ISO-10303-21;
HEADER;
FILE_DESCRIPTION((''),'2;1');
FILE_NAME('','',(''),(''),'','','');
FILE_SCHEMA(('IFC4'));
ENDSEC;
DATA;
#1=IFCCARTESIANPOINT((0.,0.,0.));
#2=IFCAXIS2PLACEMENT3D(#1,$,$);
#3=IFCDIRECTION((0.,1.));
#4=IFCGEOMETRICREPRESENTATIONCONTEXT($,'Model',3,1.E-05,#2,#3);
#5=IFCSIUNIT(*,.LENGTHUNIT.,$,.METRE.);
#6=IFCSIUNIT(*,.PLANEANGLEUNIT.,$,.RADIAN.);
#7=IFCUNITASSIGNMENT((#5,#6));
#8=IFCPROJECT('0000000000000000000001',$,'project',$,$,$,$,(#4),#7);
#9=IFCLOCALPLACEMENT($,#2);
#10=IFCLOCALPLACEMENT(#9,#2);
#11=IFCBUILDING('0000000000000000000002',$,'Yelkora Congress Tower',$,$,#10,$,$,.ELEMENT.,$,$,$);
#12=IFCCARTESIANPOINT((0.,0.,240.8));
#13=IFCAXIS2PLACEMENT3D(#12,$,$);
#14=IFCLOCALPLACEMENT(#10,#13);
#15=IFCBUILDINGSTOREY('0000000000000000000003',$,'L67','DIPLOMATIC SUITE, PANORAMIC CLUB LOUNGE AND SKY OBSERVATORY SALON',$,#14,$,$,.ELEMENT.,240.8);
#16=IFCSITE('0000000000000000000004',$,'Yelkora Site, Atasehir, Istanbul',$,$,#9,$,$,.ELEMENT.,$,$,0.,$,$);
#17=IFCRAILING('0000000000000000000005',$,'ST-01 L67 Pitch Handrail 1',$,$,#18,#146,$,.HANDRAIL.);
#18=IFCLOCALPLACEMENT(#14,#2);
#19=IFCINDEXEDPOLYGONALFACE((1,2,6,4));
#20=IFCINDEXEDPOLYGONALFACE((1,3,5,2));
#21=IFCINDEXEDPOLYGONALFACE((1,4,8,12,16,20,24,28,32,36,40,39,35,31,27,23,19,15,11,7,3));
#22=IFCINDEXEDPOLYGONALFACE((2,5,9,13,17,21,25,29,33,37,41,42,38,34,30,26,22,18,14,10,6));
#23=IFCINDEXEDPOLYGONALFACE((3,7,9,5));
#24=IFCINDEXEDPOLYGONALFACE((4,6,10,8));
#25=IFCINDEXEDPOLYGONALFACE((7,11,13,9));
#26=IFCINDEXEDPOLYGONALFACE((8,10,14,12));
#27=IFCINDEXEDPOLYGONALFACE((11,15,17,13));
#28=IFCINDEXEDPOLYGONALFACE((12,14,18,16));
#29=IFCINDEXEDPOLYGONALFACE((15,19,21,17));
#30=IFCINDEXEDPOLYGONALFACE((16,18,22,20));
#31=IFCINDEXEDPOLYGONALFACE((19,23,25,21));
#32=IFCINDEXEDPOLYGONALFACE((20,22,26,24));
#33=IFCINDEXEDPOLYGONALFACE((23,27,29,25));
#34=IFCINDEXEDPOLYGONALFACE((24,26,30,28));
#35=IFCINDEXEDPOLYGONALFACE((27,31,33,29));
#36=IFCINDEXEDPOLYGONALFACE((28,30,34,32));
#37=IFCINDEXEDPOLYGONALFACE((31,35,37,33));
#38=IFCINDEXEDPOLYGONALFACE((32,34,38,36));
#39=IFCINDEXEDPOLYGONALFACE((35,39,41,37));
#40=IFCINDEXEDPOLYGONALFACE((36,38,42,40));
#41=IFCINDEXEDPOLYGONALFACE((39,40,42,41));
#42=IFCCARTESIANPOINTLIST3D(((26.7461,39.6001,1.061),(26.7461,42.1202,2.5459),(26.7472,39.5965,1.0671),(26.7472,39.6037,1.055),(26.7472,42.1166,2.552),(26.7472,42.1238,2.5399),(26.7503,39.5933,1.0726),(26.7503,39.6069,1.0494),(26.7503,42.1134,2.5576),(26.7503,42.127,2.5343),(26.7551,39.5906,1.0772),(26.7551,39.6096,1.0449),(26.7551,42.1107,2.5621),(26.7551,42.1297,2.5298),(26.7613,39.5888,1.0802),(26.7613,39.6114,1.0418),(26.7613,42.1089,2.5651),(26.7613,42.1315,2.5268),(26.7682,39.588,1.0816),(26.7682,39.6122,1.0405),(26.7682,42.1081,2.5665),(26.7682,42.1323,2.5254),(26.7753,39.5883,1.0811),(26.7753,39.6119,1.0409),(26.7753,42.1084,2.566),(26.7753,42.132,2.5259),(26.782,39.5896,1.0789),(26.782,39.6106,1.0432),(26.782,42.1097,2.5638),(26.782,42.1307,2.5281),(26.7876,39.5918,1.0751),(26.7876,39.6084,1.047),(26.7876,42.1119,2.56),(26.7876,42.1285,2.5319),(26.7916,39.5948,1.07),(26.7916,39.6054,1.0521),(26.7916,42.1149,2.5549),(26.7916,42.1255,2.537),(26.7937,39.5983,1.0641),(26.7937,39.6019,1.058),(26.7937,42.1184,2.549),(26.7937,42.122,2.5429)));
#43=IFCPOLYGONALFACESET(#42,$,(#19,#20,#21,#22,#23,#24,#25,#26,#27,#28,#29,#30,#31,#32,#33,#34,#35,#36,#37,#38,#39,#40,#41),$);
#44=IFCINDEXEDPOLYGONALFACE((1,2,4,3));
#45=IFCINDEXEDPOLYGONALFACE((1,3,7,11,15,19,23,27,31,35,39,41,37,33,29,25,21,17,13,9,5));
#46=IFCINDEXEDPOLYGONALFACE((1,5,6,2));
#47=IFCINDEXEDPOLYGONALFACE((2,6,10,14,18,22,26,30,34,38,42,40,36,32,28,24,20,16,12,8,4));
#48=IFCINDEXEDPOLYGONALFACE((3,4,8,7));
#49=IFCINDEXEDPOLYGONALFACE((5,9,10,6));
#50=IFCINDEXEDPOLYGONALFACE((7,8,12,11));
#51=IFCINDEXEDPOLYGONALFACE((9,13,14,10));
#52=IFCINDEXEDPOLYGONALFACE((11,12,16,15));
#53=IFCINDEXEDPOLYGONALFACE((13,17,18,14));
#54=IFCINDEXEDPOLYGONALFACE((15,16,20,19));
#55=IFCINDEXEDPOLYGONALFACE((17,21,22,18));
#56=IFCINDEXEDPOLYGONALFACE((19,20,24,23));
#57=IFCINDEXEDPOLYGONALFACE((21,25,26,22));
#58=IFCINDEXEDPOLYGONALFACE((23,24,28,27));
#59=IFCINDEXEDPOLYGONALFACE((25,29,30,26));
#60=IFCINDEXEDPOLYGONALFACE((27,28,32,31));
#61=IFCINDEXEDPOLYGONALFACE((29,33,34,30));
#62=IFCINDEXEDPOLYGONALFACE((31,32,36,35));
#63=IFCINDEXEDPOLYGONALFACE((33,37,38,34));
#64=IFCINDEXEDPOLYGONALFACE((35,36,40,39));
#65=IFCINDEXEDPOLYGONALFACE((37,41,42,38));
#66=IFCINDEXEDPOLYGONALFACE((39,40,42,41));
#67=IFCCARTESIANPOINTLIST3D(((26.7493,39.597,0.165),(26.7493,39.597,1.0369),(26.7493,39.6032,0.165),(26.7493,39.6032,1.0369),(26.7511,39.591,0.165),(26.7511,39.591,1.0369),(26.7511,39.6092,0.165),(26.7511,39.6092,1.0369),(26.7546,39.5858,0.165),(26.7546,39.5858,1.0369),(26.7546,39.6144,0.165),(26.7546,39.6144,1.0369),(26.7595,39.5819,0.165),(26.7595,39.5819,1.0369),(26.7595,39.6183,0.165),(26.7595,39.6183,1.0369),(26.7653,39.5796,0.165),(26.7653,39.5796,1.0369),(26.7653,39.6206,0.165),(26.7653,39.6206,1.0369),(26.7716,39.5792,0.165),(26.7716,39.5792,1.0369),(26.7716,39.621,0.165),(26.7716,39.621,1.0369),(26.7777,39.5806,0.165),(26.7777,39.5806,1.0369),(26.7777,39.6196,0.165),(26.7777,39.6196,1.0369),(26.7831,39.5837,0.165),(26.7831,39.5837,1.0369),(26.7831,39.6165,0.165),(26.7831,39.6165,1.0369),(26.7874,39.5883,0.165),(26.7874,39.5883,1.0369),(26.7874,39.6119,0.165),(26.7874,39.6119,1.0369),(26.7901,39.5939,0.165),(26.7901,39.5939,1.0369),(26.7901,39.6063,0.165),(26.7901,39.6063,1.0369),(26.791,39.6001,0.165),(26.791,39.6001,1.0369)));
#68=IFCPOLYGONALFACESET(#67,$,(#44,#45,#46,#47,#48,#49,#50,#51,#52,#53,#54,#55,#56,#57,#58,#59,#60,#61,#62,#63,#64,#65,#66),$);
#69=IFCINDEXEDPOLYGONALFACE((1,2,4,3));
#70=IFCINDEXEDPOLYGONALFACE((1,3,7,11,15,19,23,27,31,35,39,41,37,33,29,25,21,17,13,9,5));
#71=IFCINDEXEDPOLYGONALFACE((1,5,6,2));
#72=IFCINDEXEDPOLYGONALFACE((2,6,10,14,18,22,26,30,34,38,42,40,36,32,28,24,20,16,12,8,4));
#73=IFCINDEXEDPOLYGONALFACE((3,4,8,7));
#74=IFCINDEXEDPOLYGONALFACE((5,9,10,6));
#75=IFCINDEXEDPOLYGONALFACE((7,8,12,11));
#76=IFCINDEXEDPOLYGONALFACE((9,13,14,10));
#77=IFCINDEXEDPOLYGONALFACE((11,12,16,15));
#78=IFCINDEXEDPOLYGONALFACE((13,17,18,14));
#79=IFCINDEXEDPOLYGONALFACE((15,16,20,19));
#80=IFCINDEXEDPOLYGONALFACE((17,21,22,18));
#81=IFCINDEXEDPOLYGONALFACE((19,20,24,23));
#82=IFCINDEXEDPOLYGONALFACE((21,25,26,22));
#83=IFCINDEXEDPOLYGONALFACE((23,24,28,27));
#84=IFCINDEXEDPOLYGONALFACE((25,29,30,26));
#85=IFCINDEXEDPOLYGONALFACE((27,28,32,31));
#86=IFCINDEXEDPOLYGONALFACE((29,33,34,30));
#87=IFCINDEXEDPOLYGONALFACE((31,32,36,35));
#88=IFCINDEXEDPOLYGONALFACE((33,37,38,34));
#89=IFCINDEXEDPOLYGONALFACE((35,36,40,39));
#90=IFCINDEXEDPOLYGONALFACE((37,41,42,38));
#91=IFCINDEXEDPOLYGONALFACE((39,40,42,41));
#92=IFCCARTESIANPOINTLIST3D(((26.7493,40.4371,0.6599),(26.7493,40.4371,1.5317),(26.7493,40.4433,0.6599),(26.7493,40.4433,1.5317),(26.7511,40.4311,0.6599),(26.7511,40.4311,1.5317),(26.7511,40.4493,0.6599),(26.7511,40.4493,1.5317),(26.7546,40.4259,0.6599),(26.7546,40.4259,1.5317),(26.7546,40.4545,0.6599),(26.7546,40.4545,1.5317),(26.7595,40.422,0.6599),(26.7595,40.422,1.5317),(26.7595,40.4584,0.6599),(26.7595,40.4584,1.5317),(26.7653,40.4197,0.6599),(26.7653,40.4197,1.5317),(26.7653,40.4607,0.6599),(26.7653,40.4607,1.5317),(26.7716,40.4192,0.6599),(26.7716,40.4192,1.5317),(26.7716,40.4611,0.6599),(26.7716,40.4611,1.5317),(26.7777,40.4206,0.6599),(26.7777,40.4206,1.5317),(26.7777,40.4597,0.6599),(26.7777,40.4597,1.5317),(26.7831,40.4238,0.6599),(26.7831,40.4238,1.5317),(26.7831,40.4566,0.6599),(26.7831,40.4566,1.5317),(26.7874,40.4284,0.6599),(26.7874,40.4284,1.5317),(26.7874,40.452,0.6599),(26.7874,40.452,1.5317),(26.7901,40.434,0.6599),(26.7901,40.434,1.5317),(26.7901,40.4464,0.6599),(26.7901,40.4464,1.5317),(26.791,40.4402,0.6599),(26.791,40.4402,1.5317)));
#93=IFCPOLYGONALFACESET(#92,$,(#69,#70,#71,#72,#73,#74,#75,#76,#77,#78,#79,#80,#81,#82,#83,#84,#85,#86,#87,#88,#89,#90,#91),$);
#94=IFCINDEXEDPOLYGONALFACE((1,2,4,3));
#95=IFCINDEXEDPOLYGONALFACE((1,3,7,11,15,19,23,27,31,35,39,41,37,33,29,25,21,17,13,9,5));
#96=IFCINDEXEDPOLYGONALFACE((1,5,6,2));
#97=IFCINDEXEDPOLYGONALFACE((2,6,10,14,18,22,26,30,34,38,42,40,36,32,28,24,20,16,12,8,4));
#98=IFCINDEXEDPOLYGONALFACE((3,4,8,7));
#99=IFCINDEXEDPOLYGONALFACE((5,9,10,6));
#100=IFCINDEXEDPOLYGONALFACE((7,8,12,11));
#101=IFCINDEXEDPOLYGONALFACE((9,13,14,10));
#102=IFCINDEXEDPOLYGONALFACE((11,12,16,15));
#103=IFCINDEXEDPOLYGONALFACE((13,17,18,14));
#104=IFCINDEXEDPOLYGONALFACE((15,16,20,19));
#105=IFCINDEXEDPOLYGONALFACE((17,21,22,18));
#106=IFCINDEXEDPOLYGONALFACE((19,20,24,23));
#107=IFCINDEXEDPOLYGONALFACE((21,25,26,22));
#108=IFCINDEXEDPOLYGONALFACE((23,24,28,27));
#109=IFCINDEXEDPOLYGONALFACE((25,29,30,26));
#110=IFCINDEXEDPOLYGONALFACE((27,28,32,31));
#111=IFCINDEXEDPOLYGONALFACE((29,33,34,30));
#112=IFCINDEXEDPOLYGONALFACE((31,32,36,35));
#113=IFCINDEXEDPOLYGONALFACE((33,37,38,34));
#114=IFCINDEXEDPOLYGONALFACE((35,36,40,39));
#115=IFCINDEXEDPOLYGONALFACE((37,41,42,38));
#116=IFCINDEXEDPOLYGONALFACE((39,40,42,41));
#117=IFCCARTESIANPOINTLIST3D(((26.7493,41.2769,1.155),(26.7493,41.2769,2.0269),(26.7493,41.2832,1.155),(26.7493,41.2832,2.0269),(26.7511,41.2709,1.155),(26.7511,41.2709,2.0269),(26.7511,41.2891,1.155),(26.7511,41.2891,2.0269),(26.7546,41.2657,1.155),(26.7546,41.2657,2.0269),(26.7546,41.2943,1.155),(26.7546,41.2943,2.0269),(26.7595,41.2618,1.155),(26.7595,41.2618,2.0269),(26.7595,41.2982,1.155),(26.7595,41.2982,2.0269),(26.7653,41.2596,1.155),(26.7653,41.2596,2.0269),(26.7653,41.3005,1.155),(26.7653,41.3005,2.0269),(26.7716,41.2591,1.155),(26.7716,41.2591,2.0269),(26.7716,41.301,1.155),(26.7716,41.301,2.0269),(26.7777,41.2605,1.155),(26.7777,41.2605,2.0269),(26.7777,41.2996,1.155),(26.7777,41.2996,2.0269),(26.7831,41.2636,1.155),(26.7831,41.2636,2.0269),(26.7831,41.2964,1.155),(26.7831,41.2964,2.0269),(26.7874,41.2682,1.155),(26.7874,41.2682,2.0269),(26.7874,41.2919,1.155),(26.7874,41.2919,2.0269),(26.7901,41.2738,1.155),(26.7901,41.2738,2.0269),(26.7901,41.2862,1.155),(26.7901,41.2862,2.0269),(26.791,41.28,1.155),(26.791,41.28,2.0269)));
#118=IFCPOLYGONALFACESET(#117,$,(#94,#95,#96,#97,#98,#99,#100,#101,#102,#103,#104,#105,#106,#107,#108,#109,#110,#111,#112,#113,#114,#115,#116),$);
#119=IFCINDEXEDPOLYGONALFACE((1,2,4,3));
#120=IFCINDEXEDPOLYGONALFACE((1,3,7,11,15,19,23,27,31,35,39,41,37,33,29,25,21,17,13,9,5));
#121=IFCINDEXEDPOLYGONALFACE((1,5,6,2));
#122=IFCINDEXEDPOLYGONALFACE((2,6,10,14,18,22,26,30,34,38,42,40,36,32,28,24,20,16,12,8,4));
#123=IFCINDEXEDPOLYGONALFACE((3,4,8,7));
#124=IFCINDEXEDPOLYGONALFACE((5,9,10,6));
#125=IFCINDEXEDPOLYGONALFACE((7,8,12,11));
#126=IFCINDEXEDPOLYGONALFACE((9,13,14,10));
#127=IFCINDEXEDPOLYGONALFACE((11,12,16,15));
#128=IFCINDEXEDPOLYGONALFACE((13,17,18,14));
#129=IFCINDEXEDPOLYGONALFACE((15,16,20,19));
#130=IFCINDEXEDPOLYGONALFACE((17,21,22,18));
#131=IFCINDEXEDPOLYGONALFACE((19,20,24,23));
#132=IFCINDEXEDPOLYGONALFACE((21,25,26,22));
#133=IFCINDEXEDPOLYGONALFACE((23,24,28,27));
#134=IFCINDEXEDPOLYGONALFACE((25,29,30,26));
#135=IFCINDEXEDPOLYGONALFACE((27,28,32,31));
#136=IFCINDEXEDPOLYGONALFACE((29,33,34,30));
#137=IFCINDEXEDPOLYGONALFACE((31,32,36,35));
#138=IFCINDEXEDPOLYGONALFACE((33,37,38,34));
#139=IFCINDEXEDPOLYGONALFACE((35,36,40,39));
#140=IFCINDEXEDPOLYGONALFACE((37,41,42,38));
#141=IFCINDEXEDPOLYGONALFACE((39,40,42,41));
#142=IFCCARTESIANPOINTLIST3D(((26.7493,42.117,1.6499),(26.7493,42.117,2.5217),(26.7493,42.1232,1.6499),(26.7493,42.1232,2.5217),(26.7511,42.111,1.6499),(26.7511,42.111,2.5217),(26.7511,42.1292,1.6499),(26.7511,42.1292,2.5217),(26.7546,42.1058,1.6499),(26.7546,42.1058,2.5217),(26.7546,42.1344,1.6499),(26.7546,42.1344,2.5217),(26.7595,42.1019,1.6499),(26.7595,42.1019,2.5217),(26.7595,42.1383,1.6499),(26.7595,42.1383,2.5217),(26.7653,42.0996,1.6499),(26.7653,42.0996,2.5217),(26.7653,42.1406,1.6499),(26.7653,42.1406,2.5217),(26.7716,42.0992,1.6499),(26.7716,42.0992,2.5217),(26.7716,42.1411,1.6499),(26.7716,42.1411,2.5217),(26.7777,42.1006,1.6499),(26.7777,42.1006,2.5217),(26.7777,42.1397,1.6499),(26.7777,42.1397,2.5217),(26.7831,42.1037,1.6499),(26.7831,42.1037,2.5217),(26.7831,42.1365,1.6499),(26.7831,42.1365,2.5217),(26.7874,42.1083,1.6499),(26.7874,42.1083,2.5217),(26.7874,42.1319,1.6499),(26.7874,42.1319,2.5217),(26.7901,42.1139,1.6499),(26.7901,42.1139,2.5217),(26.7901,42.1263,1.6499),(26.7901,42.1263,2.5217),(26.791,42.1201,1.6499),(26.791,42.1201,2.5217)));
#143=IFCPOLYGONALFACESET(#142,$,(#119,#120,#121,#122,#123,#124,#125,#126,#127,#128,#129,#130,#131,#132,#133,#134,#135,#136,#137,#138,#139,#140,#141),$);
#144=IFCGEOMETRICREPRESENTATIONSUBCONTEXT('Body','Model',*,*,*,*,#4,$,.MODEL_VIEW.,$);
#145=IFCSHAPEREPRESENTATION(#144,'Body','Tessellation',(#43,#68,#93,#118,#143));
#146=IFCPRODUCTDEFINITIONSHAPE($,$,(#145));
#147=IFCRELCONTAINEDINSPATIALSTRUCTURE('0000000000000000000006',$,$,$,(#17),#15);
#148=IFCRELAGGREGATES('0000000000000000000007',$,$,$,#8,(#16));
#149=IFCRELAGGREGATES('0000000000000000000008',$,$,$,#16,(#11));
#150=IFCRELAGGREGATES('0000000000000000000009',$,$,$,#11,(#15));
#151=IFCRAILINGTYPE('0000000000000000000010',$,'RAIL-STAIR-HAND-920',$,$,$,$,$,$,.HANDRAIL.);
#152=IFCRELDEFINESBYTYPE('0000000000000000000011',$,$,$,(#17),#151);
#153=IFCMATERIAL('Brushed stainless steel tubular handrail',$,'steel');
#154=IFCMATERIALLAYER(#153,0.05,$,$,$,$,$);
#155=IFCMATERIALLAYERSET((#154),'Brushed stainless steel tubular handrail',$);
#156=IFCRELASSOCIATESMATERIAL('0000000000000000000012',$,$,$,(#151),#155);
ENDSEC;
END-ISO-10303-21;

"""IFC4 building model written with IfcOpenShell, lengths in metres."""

from ifc_helpers import new_model, si_unit, direction, frame, origin, origin_2d, place, context, subcontext, project, spatial, circle, extrude, material, layer, layer_set, type_object, element, save


model = new_model("IFC4")

# Units and contexts
model_context = context("Model", 3, precision=1e-05, world=origin(), true_north=direction((0.0, 1.0)))
body_context = subcontext(model_context, "Body", "Model", "MODEL_VIEW")
ifc_project = project(units=[si_unit("LENGTHUNIT", "METRE"), si_unit("PLANEANGLEUNIT", "RADIAN")], contexts=[model_context])

# Site, building, storey
site_placement = place(None, origin())
site = spatial("IfcSite", under=ifc_project, at=site_placement, Name="Yelkora Site, Atasehir, Istanbul", CompositionType="ELEMENT", RefElevation=0.0)
building_placement = place(site_placement, origin())
building = spatial("IfcBuilding", under=site, at=building_placement, Name="Yelkora Congress Tower", CompositionType="ELEMENT")
storey_placement = place(building_placement, frame((0.0, 0.0, 240.8)))
storey = spatial("IfcBuildingStorey", under=building, at=storey_placement, Name="L67", Description="DIPLOMATIC SUITE, PANORAMIC CLUB LOUNGE AND SKY OBSERVATORY SALON", CompositionType="ELEMENT", Elevation=240.8)

# Railing
ifc_material_1 = material(Name="Brushed stainless steel tubular handrail", Category="steel")
ifc_layer_1 = layer(ifc_material_1, 0.05)
ifc_layer_set_1 = layer_set([ifc_layer_1], Name="Brushed stainless steel tubular handrail")
railing_type_1 = type_object("IfcRailingType", Name="RAIL-STAIR-HAND-920", PredefinedType="HANDRAIL", material=ifc_layer_set_1)
railing_1_placement = place(storey_placement, frame((26.77, 39.6001, 0.165)))
element("IfcRailing", 1, at=railing_1_placement, inside=storey, type_object=railing_type_1, Name="ST-01 L67 Pitch Handrail 1", PredefinedType="HANDRAIL", context=body_context, shape_type="SweptSolid", body=[
    extrude(circle(Radius=0.0239, at=origin_2d()), frame((0.0, 0.0, 0.896), z_axis=(0.0, 0.861561, 0.507655), x_axis=(-1.0, 0.0, 0.0)), (0.0, 0.0, 1.0), 2.925),
    extrude(circle(Radius=0.021, at=origin_2d()), origin(), (0.0, 0.0, 1.0), 0.8718),
    extrude(circle(Radius=0.021, at=origin_2d()), frame((0.0, 0.8401, 0.4949)), (0.0, 0.0, 1.0), 0.8718),
    extrude(circle(Radius=0.021, at=origin_2d()), frame((0.0, 1.6799, 0.99)), (0.0, 0.0, 1.0), 0.8718),
    extrude(circle(Radius=0.021, at=origin_2d()), frame((0.0, 2.52, 1.4849)), (0.0, 0.0, 1.0), 0.8718),
])

save(model, "model.ifc")
